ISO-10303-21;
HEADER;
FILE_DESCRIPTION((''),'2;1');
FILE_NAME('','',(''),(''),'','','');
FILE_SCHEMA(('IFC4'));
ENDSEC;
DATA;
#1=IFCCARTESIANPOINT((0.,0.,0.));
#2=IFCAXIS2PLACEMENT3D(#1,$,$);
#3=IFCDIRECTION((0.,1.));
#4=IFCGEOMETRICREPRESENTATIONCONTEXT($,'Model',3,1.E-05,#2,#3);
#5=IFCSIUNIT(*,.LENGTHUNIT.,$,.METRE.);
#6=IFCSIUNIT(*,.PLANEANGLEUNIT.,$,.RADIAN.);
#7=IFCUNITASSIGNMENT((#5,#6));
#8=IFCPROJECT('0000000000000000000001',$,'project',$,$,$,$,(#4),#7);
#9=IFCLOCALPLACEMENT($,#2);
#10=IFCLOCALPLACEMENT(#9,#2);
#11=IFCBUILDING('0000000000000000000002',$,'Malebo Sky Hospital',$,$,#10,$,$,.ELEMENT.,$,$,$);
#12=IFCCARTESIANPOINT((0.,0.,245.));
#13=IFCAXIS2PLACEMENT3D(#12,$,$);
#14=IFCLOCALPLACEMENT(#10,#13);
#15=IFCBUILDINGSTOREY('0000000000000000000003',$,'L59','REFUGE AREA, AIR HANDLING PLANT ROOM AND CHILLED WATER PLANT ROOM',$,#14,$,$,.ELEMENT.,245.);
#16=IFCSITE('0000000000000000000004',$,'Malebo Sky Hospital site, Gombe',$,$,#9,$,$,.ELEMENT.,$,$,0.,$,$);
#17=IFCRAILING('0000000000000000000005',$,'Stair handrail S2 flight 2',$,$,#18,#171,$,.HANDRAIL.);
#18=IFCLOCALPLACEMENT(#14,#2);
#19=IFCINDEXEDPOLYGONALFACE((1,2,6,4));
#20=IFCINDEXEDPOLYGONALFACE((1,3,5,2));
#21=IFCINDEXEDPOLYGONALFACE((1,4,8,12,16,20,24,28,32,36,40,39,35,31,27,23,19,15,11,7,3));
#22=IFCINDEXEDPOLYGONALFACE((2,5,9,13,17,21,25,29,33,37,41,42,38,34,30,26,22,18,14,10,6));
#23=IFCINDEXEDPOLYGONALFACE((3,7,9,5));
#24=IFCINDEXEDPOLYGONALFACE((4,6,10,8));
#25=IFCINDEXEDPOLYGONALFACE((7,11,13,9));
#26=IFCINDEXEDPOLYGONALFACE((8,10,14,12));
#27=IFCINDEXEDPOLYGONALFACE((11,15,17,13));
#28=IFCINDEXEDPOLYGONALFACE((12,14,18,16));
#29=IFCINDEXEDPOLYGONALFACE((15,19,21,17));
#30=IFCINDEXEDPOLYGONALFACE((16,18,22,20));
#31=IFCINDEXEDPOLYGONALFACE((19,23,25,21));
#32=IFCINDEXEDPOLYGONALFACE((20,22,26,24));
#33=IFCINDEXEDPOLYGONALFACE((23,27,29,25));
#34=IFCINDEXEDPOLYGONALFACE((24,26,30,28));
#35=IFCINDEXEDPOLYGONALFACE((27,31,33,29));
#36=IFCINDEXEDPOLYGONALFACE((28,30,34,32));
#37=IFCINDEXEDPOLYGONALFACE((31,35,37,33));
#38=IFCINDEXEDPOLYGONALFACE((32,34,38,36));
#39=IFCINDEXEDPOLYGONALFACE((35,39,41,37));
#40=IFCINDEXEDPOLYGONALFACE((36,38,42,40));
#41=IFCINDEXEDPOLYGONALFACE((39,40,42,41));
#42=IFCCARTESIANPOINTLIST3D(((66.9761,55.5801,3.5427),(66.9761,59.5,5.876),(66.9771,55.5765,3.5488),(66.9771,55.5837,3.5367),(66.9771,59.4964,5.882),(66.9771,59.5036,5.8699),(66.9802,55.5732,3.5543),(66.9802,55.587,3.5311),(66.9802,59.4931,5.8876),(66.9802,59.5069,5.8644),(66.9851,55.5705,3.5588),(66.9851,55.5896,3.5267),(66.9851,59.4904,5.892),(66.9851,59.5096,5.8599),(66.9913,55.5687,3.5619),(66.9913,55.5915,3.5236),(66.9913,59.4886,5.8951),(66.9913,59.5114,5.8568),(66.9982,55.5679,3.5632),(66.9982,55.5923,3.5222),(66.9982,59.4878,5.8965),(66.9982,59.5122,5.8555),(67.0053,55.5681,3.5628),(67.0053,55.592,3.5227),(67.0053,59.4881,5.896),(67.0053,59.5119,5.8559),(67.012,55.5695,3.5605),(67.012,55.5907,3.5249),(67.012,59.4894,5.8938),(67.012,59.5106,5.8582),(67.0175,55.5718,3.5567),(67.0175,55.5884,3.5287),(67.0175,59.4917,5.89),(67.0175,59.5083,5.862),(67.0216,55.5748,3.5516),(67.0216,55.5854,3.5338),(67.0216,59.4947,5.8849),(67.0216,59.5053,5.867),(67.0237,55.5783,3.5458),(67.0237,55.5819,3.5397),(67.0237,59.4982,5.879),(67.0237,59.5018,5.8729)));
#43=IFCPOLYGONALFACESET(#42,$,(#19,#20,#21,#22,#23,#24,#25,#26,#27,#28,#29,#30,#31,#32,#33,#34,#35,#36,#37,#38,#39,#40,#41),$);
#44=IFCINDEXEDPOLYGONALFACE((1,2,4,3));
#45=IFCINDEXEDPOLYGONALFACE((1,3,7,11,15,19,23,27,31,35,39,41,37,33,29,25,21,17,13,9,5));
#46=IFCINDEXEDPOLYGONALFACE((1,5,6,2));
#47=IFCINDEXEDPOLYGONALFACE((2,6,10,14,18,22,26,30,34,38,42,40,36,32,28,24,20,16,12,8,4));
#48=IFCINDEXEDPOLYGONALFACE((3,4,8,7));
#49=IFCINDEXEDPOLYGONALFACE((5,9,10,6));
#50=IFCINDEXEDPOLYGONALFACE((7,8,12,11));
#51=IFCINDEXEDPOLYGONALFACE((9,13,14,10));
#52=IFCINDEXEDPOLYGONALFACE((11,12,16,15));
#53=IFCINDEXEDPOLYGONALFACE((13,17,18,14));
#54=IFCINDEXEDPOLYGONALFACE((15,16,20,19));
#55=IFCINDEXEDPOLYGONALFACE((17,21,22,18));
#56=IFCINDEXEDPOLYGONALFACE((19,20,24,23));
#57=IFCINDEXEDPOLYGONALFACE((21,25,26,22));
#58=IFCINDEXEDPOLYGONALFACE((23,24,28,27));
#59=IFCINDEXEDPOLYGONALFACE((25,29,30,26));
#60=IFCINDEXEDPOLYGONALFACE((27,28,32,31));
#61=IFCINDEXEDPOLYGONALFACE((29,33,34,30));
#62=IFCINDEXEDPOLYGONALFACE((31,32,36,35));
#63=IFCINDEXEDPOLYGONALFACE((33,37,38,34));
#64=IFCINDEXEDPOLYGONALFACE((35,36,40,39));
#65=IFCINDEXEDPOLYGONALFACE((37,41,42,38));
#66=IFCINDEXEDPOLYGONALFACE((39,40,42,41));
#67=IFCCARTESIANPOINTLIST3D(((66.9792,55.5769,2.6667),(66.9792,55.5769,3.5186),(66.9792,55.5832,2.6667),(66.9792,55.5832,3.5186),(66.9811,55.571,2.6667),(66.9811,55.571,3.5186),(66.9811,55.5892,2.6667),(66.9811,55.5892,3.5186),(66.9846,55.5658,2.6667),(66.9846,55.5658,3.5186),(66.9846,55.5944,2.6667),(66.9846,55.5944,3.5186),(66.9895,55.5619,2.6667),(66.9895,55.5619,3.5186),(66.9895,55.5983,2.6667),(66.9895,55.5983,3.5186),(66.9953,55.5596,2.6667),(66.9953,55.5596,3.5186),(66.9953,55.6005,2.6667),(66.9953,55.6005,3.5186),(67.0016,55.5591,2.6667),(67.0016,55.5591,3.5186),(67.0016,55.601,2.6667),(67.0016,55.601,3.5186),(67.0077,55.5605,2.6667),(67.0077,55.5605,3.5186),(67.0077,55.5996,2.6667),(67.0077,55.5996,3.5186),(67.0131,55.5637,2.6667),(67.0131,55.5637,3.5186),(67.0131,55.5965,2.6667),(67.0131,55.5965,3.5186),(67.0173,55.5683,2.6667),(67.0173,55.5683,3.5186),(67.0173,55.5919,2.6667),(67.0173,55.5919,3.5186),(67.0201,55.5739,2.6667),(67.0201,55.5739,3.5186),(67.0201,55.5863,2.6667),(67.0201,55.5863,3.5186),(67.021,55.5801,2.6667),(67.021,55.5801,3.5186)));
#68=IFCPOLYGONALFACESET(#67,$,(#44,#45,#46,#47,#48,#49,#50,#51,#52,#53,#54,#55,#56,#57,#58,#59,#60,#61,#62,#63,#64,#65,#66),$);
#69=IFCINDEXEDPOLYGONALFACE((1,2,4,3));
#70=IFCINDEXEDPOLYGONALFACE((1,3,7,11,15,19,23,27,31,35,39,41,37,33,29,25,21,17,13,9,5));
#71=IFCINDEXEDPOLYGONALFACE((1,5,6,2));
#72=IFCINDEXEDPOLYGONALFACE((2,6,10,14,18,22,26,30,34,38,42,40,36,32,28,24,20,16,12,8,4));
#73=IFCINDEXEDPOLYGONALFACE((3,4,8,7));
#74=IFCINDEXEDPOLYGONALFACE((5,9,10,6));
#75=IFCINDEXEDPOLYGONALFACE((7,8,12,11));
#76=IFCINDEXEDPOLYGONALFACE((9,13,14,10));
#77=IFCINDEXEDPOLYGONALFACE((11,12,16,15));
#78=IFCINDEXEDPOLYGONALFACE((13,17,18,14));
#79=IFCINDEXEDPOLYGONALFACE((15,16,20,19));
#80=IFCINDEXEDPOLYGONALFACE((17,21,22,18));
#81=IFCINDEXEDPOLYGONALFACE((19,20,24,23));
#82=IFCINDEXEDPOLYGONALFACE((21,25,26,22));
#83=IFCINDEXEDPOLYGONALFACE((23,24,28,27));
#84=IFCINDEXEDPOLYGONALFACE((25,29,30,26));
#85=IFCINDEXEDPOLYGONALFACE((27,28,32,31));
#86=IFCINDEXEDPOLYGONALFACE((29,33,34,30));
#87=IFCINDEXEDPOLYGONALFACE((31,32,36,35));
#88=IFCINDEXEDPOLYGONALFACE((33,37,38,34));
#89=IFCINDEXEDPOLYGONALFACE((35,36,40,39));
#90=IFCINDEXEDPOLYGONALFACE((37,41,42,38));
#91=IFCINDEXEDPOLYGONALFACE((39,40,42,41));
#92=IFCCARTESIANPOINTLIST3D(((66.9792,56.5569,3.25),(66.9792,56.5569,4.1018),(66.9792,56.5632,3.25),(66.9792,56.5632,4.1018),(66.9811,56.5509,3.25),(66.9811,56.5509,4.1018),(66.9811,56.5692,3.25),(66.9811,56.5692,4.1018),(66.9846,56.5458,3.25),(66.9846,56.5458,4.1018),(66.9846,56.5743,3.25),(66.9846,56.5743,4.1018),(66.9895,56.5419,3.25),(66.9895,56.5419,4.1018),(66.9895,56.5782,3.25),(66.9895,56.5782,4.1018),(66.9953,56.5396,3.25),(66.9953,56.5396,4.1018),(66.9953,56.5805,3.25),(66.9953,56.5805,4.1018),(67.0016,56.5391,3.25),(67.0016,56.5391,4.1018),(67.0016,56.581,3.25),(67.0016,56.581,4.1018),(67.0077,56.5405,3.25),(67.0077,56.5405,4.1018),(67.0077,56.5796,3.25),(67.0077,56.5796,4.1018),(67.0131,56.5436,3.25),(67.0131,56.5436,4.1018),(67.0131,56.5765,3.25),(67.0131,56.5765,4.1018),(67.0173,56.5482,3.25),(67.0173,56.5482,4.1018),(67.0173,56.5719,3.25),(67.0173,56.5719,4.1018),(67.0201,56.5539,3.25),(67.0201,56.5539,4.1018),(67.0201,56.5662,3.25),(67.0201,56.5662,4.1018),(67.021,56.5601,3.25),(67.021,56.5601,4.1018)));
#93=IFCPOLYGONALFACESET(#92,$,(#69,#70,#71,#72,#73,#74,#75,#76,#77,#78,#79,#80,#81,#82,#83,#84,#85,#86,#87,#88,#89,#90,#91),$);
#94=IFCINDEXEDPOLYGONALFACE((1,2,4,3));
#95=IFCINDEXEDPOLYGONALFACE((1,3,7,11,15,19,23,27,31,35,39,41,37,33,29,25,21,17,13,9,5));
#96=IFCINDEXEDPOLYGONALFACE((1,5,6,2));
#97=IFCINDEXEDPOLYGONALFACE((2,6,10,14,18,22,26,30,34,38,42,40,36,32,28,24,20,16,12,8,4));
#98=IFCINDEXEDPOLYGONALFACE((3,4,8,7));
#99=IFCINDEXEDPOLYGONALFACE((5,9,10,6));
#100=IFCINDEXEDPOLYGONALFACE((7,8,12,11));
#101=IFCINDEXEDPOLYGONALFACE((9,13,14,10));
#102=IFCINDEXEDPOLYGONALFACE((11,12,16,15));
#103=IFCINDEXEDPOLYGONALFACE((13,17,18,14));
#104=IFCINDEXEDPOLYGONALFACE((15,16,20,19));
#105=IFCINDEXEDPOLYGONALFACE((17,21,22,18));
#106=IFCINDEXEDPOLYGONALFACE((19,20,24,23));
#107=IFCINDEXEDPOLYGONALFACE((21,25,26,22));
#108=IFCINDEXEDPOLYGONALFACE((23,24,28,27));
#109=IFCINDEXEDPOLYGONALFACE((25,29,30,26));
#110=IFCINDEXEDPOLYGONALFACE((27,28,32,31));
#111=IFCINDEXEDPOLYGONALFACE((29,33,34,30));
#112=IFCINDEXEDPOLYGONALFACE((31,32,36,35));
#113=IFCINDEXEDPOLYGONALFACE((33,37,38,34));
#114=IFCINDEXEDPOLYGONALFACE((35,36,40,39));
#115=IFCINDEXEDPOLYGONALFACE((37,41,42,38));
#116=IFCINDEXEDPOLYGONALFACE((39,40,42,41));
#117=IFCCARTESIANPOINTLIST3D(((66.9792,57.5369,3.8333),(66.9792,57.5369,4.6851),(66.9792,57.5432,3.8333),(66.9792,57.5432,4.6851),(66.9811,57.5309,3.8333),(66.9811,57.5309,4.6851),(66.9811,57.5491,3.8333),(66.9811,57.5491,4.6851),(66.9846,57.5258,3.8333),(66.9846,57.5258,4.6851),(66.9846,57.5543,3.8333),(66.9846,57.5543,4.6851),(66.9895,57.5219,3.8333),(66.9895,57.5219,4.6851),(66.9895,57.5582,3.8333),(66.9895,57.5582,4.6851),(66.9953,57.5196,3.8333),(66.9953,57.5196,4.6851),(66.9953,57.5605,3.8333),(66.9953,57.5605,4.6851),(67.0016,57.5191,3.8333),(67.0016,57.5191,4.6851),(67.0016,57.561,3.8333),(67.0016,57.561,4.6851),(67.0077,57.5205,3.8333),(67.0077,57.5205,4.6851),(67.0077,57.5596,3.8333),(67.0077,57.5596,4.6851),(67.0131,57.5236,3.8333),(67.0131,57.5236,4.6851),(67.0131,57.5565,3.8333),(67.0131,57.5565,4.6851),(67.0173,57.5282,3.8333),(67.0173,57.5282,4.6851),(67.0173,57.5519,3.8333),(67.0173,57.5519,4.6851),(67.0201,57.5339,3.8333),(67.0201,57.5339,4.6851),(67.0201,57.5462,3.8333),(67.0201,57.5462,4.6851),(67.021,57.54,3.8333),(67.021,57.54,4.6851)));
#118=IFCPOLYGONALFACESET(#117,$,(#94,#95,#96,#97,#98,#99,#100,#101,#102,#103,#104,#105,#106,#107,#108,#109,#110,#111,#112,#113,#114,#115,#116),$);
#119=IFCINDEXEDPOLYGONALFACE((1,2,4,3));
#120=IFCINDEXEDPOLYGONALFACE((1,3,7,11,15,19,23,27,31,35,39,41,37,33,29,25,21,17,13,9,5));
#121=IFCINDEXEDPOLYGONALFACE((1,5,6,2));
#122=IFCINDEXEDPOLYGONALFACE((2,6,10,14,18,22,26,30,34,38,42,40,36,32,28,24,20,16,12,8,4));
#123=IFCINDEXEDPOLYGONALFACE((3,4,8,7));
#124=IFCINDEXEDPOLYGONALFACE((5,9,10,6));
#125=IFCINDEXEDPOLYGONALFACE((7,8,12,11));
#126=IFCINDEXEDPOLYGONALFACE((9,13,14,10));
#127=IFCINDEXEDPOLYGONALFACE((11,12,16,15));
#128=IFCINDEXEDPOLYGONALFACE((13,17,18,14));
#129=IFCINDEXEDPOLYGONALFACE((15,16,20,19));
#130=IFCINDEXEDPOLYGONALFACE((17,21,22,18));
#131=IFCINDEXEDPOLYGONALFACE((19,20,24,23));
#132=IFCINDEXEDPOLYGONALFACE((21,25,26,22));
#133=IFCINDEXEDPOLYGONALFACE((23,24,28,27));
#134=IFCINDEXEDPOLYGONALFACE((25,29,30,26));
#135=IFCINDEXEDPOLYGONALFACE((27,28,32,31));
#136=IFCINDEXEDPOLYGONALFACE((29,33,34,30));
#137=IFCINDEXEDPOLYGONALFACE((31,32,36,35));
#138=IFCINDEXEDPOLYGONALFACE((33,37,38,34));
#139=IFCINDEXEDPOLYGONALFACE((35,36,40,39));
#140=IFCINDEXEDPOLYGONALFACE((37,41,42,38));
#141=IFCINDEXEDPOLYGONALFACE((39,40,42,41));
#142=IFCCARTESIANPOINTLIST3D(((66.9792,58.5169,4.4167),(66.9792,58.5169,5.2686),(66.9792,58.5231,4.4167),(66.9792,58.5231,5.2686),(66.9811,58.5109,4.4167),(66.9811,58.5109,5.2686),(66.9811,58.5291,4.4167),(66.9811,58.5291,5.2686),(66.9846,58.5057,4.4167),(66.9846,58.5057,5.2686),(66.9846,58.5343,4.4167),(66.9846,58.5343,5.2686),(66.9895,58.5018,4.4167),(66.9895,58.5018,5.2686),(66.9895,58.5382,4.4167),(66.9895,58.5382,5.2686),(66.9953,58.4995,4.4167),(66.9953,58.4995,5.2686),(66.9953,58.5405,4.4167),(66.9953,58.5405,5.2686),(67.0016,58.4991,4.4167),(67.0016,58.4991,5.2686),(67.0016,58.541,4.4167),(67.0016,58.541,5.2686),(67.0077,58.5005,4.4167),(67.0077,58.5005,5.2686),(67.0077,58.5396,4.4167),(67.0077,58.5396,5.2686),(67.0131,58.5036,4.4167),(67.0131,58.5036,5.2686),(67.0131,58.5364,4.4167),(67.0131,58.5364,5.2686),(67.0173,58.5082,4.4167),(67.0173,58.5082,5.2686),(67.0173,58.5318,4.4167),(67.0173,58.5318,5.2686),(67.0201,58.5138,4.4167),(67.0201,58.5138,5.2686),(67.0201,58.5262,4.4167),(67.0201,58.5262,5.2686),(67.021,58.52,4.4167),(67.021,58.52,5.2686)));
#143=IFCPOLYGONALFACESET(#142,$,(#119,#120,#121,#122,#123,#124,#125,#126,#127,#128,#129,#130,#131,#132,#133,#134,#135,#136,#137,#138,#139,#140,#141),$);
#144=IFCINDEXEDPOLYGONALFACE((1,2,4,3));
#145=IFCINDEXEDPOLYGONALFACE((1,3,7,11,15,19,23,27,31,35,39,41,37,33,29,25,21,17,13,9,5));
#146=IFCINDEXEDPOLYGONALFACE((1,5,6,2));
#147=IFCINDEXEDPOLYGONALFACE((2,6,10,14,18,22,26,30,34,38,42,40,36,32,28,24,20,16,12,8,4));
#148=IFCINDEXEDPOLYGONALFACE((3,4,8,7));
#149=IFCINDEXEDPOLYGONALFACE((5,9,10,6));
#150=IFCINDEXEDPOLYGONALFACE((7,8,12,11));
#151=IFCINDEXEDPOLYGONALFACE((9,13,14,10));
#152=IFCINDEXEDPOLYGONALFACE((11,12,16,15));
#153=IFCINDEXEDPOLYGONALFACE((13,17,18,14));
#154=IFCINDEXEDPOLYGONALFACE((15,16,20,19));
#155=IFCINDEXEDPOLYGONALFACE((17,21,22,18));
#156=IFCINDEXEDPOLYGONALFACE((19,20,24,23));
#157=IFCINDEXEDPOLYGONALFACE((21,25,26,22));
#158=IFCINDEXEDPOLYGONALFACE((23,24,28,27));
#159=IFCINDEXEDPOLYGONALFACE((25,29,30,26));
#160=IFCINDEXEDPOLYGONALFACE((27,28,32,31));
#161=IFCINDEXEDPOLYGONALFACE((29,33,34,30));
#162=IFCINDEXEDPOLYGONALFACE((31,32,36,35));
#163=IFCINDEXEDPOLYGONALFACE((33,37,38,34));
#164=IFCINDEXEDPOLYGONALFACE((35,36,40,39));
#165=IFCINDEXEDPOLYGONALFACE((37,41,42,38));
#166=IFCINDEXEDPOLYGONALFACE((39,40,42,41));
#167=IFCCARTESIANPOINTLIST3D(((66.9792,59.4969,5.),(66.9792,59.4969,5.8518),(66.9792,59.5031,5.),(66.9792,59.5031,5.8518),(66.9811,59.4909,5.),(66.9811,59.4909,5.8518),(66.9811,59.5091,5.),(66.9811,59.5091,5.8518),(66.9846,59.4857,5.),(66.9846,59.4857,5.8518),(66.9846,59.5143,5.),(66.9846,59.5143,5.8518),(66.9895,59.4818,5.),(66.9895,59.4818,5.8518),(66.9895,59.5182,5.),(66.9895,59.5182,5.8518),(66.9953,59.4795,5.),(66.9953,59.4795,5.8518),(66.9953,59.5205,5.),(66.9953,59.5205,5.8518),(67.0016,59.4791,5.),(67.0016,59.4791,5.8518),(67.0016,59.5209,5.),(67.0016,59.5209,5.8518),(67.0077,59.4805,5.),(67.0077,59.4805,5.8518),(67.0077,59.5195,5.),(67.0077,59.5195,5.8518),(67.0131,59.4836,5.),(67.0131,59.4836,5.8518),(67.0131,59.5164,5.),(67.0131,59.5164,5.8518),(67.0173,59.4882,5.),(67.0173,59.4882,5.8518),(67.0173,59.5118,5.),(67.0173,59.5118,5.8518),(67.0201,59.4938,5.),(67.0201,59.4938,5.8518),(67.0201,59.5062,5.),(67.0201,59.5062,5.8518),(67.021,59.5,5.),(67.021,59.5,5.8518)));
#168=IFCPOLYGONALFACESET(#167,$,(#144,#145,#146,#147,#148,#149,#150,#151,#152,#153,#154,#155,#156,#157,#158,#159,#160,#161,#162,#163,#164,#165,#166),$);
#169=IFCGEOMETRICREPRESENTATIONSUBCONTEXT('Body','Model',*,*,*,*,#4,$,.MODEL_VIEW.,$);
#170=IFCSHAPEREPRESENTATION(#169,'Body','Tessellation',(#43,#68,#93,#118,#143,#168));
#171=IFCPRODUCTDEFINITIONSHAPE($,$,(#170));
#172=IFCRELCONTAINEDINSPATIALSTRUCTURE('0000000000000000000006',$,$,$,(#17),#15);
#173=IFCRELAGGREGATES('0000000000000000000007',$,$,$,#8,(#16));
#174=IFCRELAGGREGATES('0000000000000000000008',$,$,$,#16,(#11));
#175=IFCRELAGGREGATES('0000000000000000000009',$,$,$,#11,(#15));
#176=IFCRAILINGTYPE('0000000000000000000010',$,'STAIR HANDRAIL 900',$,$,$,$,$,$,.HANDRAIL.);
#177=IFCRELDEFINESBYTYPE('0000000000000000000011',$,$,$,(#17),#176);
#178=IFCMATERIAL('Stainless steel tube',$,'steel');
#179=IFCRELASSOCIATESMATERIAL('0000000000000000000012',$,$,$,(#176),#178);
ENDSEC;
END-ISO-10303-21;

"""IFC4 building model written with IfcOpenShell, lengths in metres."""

from ifc_helpers import new_model, si_unit, direction, frame, origin, origin_2d, place, context, subcontext, project, spatial, circle, extrude, material, type_object, element, save


model = new_model("IFC4")

# Units and contexts
model_context = context("Model", 3, precision=1e-05, world=origin(), true_north=direction((0.0, 1.0)))
body_context = subcontext(model_context, "Body", "Model", "MODEL_VIEW")
ifc_project = project(units=[si_unit("LENGTHUNIT", "METRE"), si_unit("PLANEANGLEUNIT", "RADIAN")], contexts=[model_context])

# Site, building, storey
site_placement = place(None, origin())
site = spatial("IfcSite", under=ifc_project, at=site_placement, Name="Malebo Sky Hospital site, Gombe", CompositionType="ELEMENT", RefElevation=0.0)
building_placement = place(site_placement, origin())
building = spatial("IfcBuilding", under=site, at=building_placement, Name="Malebo Sky Hospital", CompositionType="ELEMENT")
storey_placement = place(building_placement, frame((0.0, 0.0, 245.0)))
storey = spatial("IfcBuildingStorey", under=building, at=storey_placement, Name="L59", Description="REFUGE AREA, AIR HANDLING PLANT ROOM AND CHILLED WATER PLANT ROOM", CompositionType="ELEMENT", Elevation=245.0)

# Railing
ifc_material_1 = material(Name="Stainless steel tube", Category="steel")
railing_type = type_object("IfcRailingType", Name="STAIR HANDRAIL 900", PredefinedType="HANDRAIL", material=ifc_material_1)
railing_1_placement = place(storey_placement, frame((67.0, 55.5801, 2.6667)))
element("IfcRailing", 1, at=railing_1_placement, inside=storey, type_object=railing_type, Name="Stair handrail S2 flight 2", PredefinedType="HANDRAIL", context=body_context, shape_type="SweptSolid", body=[
    extrude(circle(Radius=0.0239, at=origin_2d()), frame((0.0, 0.0, 0.876), z_axis=(0.0, 0.859296, 0.511478), x_axis=(-1.0, 0.0, 0.0)), (0.0, 0.0, 1.0), 4.5618),
    extrude(circle(Radius=0.021, at=origin_2d()), origin(), (0.0, 0.0, 1.0), 0.8518),
    extrude(circle(Radius=0.021, at=origin_2d()), frame((0.0, 0.98, 0.5833)), (0.0, 0.0, 1.0), 0.8518),
    extrude(circle(Radius=0.021, at=origin_2d()), frame((0.0, 1.96, 1.1665)), (0.0, 0.0, 1.0), 0.8518),
    extrude(circle(Radius=0.021, at=origin_2d()), frame((0.0, 2.9399, 1.75)), (0.0, 0.0, 1.0), 0.8518),
    extrude(circle(Radius=0.021, at=origin_2d()), frame((0.0, 3.9199, 2.3333)), (0.0, 0.0, 1.0), 0.8518),
])

save(model, "model.ifc")
